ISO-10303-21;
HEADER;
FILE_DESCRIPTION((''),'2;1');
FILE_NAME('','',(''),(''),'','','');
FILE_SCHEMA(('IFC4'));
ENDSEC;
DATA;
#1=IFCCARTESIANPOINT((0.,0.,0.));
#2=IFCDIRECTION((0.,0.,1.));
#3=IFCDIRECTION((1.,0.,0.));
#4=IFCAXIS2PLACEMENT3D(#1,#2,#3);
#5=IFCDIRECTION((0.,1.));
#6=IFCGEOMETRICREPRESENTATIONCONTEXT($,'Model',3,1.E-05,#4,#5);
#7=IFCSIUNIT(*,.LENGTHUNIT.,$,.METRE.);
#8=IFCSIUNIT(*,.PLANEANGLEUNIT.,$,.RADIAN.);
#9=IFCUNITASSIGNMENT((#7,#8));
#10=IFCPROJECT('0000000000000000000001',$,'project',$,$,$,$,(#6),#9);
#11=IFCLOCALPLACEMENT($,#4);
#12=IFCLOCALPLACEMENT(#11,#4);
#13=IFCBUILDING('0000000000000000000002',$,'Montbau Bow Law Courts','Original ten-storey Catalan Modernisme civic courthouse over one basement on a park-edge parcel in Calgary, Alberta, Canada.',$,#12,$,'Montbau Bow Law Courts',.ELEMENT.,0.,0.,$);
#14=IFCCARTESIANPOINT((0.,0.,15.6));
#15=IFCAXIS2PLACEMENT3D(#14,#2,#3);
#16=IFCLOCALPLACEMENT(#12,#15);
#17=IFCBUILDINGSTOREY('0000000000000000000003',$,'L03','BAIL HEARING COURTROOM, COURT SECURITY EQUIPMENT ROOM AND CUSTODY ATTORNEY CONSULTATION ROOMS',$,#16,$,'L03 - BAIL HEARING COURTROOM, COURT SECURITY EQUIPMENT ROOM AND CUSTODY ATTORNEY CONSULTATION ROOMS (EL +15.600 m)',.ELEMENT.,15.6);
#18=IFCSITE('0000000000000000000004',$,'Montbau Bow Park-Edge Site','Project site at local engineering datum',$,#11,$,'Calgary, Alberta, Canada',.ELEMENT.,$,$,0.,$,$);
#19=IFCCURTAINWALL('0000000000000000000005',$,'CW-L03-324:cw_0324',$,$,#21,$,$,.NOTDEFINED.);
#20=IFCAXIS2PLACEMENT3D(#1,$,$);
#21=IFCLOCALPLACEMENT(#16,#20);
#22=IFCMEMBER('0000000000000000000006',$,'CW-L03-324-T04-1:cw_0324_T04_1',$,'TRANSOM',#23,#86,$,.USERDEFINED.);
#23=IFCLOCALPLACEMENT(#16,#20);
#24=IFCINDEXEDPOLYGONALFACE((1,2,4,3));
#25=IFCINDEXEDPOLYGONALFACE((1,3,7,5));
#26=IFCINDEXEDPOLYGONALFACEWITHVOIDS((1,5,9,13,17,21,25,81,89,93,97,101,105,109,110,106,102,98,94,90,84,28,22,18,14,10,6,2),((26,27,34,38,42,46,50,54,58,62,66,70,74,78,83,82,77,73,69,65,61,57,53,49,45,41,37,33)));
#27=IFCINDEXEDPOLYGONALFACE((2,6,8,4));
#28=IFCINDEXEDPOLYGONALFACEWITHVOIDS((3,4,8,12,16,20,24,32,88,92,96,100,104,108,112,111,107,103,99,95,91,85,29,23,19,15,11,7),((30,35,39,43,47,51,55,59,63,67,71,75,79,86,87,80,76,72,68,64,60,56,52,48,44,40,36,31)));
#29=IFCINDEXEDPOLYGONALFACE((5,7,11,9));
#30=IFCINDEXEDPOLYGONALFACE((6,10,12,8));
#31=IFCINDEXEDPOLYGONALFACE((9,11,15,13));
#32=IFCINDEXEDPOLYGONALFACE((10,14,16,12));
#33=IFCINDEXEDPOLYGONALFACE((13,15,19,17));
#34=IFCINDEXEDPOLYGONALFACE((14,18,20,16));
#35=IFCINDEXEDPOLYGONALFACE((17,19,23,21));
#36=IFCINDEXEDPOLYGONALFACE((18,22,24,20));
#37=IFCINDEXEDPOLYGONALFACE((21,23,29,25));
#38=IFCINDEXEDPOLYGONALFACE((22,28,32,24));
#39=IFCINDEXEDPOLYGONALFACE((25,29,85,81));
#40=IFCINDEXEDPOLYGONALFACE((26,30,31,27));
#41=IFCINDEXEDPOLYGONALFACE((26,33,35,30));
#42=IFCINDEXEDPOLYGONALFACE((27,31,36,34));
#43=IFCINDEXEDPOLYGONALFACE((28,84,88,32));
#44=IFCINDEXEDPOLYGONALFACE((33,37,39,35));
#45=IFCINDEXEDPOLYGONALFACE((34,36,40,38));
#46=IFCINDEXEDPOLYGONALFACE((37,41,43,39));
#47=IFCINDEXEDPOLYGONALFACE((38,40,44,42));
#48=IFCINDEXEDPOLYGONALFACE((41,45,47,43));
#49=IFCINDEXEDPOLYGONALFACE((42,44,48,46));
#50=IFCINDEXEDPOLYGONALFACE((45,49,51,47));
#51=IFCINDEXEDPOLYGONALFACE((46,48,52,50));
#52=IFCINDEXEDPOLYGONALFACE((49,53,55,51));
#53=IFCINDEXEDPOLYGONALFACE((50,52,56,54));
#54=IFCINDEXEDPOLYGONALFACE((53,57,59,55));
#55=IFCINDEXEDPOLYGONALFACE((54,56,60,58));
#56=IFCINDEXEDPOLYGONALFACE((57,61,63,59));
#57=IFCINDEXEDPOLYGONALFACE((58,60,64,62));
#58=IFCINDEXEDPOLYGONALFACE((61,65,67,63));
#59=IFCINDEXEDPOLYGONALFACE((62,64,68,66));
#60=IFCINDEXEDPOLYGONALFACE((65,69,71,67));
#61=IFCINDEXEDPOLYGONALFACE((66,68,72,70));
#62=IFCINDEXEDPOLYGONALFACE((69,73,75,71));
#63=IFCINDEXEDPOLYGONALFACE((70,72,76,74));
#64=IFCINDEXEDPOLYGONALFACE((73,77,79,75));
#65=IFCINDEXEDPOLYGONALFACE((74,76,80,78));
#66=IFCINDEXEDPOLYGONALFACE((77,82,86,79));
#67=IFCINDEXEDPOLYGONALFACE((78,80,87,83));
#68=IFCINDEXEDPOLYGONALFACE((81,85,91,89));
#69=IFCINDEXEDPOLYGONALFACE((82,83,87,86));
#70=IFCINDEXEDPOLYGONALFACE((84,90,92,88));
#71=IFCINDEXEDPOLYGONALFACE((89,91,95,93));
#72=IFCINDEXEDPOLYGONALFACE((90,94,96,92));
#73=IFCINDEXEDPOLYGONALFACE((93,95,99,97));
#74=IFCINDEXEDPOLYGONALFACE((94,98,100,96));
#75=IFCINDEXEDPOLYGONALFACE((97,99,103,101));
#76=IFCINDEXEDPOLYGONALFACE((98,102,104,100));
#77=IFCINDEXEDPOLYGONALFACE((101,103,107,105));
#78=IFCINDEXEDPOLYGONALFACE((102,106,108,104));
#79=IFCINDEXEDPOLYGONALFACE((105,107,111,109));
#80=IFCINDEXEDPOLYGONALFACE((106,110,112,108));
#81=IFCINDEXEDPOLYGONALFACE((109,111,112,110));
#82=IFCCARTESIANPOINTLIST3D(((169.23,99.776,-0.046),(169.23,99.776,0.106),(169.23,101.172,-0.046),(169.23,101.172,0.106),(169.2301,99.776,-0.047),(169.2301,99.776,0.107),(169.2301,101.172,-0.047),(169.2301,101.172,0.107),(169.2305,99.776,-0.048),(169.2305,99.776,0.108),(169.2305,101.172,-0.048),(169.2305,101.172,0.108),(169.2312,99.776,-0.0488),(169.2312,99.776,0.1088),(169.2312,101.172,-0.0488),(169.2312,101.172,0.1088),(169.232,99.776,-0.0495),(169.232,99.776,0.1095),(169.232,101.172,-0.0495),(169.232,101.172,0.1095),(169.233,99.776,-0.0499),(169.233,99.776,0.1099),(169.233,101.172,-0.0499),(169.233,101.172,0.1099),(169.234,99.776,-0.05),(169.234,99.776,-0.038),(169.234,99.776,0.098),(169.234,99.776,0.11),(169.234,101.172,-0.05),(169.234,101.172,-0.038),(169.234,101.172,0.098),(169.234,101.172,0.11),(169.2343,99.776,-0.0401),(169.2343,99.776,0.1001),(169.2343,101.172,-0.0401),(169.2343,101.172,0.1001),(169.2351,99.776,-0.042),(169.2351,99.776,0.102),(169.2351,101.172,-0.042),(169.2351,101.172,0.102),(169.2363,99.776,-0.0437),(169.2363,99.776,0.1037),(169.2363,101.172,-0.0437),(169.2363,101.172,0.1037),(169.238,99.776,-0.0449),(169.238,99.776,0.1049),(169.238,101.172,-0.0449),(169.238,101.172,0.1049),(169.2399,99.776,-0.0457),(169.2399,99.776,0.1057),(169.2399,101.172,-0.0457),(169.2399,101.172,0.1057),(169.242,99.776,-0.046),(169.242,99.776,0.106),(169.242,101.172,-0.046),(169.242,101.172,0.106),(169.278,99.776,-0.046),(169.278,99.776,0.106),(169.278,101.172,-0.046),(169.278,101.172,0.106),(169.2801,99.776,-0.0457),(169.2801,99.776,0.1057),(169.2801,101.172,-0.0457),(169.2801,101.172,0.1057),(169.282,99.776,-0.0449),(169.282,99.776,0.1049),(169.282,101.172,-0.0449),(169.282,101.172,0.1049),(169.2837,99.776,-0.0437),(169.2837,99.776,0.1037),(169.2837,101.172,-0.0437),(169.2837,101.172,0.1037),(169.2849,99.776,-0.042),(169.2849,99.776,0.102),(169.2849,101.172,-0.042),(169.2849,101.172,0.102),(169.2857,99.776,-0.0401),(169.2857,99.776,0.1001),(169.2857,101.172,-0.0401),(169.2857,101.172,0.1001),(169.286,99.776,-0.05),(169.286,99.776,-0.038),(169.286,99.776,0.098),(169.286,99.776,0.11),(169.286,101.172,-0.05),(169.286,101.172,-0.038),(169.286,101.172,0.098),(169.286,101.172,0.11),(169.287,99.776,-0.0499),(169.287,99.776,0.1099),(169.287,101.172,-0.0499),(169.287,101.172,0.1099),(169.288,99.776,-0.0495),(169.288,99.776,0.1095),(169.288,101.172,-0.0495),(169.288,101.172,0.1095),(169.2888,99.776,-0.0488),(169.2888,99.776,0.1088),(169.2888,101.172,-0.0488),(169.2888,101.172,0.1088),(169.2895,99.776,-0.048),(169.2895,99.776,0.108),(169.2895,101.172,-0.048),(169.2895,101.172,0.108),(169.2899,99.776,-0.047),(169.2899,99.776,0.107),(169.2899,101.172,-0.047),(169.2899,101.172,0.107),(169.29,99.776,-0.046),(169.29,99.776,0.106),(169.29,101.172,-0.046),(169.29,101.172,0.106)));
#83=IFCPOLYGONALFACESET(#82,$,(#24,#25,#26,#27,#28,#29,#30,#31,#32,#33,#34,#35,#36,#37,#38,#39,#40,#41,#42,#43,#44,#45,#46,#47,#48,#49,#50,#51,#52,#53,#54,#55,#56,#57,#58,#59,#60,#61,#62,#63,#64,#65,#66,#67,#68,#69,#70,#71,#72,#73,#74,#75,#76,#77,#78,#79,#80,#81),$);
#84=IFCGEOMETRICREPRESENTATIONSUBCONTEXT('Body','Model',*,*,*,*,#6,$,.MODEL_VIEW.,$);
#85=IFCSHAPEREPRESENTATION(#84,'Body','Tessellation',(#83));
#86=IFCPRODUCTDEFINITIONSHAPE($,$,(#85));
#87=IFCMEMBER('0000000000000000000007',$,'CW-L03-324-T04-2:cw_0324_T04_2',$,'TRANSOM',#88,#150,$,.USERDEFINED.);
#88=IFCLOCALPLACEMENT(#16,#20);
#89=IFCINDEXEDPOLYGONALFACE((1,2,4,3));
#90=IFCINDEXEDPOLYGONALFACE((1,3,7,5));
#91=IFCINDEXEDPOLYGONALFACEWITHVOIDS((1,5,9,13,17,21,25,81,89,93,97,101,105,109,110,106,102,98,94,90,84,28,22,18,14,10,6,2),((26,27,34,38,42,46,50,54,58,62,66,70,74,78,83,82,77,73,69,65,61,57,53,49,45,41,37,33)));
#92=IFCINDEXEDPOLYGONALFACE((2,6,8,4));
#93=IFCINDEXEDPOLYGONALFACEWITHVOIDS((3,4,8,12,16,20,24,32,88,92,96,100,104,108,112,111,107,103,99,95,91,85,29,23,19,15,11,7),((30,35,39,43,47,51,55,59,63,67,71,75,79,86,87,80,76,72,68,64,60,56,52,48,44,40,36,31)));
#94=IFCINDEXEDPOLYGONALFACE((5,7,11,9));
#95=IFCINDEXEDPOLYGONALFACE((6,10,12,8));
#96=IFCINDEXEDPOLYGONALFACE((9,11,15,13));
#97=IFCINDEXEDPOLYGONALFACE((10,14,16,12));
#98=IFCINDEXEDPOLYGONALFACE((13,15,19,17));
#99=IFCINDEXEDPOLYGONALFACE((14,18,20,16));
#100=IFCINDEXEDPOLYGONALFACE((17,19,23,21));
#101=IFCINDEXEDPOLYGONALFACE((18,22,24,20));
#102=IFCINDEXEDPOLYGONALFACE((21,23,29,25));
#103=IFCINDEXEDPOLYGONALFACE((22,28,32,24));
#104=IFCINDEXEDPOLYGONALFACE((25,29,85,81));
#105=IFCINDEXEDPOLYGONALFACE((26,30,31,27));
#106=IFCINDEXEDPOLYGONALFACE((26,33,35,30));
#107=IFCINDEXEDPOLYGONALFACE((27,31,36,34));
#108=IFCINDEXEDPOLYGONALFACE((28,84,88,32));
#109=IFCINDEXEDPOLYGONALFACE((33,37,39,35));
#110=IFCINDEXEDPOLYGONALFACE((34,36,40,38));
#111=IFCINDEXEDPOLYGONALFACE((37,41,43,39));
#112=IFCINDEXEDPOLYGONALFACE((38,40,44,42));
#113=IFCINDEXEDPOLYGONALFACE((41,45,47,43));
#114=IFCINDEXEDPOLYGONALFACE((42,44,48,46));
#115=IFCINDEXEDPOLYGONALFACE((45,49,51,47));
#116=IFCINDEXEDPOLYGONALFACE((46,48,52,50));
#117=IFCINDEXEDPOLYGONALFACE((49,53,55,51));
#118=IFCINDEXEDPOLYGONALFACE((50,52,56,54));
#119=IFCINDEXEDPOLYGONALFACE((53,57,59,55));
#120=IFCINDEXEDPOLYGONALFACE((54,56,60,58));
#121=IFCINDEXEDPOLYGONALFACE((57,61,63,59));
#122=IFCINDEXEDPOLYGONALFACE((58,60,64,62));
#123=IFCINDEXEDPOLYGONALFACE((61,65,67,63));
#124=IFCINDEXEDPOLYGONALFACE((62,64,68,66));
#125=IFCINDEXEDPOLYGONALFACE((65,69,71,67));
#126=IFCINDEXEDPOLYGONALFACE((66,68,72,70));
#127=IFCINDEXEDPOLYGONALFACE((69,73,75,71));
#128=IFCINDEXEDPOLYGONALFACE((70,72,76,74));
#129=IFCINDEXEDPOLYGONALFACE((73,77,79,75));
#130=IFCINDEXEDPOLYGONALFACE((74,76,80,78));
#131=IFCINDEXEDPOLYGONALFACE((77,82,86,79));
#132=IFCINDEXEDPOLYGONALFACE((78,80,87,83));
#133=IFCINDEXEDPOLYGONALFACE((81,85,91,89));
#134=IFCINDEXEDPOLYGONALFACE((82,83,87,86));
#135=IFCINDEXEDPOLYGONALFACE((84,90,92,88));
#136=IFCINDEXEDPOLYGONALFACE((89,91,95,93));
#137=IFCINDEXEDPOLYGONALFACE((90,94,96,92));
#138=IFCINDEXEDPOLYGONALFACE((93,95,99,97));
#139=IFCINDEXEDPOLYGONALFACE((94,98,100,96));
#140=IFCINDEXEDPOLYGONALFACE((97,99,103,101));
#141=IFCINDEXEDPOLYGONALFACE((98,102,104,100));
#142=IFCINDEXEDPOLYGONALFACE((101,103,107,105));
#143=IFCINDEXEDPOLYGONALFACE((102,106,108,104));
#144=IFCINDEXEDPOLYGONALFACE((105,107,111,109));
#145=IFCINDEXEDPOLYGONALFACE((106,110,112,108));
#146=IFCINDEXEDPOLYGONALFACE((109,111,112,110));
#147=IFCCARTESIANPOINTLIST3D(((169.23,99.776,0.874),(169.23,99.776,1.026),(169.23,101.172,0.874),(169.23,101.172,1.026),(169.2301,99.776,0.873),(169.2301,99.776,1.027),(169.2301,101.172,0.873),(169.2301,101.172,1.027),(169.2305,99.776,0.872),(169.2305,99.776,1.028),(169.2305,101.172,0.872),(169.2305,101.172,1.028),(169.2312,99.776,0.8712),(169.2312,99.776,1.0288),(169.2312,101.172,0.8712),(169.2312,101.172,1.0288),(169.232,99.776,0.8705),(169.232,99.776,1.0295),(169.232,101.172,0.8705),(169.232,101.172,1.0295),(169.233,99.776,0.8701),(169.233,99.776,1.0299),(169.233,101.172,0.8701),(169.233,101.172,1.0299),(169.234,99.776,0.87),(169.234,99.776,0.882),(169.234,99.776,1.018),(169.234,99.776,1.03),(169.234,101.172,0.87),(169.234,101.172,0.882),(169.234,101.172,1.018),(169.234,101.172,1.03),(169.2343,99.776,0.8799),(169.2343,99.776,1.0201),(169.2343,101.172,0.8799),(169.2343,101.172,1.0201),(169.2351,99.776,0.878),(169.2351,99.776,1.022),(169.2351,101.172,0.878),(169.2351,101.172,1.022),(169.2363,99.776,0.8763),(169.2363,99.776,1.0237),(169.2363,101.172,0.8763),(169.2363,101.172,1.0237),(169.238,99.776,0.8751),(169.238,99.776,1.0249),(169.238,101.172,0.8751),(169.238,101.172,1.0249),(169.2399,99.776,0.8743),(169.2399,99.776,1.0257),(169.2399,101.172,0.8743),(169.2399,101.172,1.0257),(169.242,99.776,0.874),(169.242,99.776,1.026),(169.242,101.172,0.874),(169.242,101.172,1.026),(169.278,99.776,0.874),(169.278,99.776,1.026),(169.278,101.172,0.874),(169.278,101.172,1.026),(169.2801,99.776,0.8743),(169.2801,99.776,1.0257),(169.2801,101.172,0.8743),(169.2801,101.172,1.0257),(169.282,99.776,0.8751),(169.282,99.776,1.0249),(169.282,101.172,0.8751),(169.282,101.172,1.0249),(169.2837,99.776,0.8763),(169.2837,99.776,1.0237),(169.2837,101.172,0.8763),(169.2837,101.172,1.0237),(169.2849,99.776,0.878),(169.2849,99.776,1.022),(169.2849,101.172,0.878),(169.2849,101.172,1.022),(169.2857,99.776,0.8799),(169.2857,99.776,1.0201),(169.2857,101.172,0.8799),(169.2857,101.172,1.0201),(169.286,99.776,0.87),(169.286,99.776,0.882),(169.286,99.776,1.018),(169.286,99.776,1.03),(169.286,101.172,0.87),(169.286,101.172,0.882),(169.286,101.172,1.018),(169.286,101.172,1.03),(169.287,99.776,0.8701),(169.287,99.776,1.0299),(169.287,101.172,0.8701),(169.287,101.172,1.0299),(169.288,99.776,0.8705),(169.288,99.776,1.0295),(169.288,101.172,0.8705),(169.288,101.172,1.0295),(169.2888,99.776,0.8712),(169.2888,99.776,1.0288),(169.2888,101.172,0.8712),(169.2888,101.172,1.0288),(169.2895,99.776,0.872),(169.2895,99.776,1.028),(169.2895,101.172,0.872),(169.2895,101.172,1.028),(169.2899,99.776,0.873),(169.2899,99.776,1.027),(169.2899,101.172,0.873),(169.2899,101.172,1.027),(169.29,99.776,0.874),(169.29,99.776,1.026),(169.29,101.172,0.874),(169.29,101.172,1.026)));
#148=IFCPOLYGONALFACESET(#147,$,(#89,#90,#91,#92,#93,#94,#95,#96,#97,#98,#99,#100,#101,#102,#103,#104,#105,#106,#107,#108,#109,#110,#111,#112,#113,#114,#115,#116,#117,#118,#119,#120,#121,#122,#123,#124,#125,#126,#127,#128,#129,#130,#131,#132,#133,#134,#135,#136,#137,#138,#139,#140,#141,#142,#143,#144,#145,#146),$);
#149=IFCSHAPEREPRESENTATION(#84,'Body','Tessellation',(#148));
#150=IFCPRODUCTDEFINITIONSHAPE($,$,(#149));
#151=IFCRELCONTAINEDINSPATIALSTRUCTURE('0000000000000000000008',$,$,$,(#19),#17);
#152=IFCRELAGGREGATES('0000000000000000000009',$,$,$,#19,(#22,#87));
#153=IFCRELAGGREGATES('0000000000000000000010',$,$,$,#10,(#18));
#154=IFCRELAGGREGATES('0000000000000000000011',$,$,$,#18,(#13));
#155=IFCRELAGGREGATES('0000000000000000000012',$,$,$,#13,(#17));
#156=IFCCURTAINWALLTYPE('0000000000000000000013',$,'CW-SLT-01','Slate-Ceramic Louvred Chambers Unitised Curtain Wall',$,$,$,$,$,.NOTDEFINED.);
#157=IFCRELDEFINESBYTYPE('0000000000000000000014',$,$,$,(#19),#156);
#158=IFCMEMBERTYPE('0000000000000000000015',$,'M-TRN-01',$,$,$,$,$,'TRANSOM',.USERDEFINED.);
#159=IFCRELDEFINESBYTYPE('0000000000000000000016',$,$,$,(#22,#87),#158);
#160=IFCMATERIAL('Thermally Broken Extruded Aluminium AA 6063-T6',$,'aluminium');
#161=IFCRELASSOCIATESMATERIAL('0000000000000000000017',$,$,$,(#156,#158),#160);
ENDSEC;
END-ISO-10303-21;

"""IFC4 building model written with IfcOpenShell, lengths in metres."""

from ifc_helpers import new_model, si_unit, direction, frame, origin_with_axes, origin_2d_with_axis, place, context, subcontext, project, spatial, hollow_rectangle, extrude, material, material_profile, profile_set, type_object, element, aggregate, save


model = new_model("IFC4")

# Units and contexts
model_context = context("Model", 3, precision=1e-05, world=origin_with_axes(), true_north=direction((0.0, 1.0)))
body_context = subcontext(model_context, "Body", "Model", "MODEL_VIEW")
ifc_project = project(units=[si_unit("LENGTHUNIT", "METRE"), si_unit("PLANEANGLEUNIT", "RADIAN")], contexts=[model_context])

# Site, building, storey
site_placement = place(None, origin_with_axes())
site = spatial("IfcSite", under=ifc_project, at=site_placement, Name="Montbau Bow Park-Edge Site", Description="Project site at local engineering datum", LongName="Calgary, Alberta, Canada", CompositionType="ELEMENT", RefElevation=0.0)
building_placement = place(site_placement, origin_with_axes())
building = spatial("IfcBuilding", under=site, at=building_placement, Name="Montbau Bow Law Courts", Description="Original ten-storey Catalan Modernisme civic courthouse over one basement on a park-edge parcel in Calgary, Alberta, Canada.", LongName="Montbau Bow Law Courts", CompositionType="ELEMENT", ElevationOfRefHeight=0.0, ElevationOfTerrain=0.0)
storey_placement = place(building_placement, frame((0.0, 0.0, 15.6), z_axis=(0.0, 0.0, 1.0), x_axis=(1.0, 0.0, 0.0)))
storey = spatial("IfcBuildingStorey", under=building, at=storey_placement, Name="L03", Description="BAIL HEARING COURTROOM, COURT SECURITY EQUIPMENT ROOM AND CUSTODY ATTORNEY CONSULTATION ROOMS", LongName="L03 - BAIL HEARING COURTROOM, COURT SECURITY EQUIPMENT ROOM AND CUSTODY ATTORNEY CONSULTATION ROOMS (EL +15.600 m)", CompositionType="ELEMENT", Elevation=15.6)

# Curtain wall, members
ifc_material_1 = material(Name="Thermally Broken Extruded Aluminium AA 6063-T6", Category="aluminium")
curtain_wall_type = type_object("IfcCurtainWallType", Name="CW-SLT-01", Description="Slate-Ceramic Louvred Chambers Unitised Curtain Wall", PredefinedType="NOTDEFINED", material=ifc_material_1)
curtain_wall_placement = place(None, frame((169.26, 95.315, 15.6), z_axis=(0.0, 0.0, 1.0), x_axis=(1.0, 0.0, 0.0)))
curtain_wall = element("IfcCurtainWall", 1, at=curtain_wall_placement, inside=storey, type_object=curtain_wall_type, Name="CW-L03-324:cw_0324", PredefinedType="NOTDEFINED")
ifc_material_profile_1 = material_profile(ifc_material_1, hollow_rectangle(XDim=0.06, YDim=0.16, WallThickness=0.004, InnerFilletRadius=0.008, OuterFilletRadius=0.004, at=origin_2d_with_axis()), Name="CWT-160X60", Category="Main", Priority=0)
ifc_profile_set_1 = profile_set([ifc_material_profile_1], Name="Thermally Broken Extruded Aluminium AA 6063-T6")
member_type_1 = type_object("IfcMemberType", Name="M-TRN-01", ElementType="TRANSOM", PredefinedType="USERDEFINED", material=ifc_profile_set_1)
member_1_placement = place(None, frame((169.26, 99.776, 15.63), z_axis=(0.0, 1.0, 0.0), x_axis=(-1.0, 0.0, 0.0)))
member_1 = element("IfcMember", 2, at=member_1_placement, type_object=member_type_1, Name="CW-L03-324-T04-1:cw_0324_T04_1", ObjectType="TRANSOM", PredefinedType="USERDEFINED", context=body_context, shape_type="SweptSolid", body=[
    extrude(hollow_rectangle(XDim=0.06, YDim=0.16, WallThickness=0.004, InnerFilletRadius=0.008, OuterFilletRadius=0.004, at=origin_2d_with_axis()), origin_with_axes(), (0.0, 0.0, 1.0), 1.396),
])
member_2_placement = place(None, frame((169.26, 99.776, 16.55), z_axis=(0.0, 1.0, 0.0), x_axis=(-1.0, 0.0, 0.0)))
member_2 = element("IfcMember", 3, at=member_2_placement, type_object=member_type_1, Name="CW-L03-324-T04-2:cw_0324_T04_2", ObjectType="TRANSOM", PredefinedType="USERDEFINED", context=body_context, shape_type="SweptSolid", body=[
    extrude(hollow_rectangle(XDim=0.06, YDim=0.16, WallThickness=0.004, InnerFilletRadius=0.008, OuterFilletRadius=0.004, at=origin_2d_with_axis()), origin_with_axes(), (0.0, 0.0, 1.0), 1.396),
])
aggregate(curtain_wall, [member_1, member_2])

save(model, "model.ifc")
